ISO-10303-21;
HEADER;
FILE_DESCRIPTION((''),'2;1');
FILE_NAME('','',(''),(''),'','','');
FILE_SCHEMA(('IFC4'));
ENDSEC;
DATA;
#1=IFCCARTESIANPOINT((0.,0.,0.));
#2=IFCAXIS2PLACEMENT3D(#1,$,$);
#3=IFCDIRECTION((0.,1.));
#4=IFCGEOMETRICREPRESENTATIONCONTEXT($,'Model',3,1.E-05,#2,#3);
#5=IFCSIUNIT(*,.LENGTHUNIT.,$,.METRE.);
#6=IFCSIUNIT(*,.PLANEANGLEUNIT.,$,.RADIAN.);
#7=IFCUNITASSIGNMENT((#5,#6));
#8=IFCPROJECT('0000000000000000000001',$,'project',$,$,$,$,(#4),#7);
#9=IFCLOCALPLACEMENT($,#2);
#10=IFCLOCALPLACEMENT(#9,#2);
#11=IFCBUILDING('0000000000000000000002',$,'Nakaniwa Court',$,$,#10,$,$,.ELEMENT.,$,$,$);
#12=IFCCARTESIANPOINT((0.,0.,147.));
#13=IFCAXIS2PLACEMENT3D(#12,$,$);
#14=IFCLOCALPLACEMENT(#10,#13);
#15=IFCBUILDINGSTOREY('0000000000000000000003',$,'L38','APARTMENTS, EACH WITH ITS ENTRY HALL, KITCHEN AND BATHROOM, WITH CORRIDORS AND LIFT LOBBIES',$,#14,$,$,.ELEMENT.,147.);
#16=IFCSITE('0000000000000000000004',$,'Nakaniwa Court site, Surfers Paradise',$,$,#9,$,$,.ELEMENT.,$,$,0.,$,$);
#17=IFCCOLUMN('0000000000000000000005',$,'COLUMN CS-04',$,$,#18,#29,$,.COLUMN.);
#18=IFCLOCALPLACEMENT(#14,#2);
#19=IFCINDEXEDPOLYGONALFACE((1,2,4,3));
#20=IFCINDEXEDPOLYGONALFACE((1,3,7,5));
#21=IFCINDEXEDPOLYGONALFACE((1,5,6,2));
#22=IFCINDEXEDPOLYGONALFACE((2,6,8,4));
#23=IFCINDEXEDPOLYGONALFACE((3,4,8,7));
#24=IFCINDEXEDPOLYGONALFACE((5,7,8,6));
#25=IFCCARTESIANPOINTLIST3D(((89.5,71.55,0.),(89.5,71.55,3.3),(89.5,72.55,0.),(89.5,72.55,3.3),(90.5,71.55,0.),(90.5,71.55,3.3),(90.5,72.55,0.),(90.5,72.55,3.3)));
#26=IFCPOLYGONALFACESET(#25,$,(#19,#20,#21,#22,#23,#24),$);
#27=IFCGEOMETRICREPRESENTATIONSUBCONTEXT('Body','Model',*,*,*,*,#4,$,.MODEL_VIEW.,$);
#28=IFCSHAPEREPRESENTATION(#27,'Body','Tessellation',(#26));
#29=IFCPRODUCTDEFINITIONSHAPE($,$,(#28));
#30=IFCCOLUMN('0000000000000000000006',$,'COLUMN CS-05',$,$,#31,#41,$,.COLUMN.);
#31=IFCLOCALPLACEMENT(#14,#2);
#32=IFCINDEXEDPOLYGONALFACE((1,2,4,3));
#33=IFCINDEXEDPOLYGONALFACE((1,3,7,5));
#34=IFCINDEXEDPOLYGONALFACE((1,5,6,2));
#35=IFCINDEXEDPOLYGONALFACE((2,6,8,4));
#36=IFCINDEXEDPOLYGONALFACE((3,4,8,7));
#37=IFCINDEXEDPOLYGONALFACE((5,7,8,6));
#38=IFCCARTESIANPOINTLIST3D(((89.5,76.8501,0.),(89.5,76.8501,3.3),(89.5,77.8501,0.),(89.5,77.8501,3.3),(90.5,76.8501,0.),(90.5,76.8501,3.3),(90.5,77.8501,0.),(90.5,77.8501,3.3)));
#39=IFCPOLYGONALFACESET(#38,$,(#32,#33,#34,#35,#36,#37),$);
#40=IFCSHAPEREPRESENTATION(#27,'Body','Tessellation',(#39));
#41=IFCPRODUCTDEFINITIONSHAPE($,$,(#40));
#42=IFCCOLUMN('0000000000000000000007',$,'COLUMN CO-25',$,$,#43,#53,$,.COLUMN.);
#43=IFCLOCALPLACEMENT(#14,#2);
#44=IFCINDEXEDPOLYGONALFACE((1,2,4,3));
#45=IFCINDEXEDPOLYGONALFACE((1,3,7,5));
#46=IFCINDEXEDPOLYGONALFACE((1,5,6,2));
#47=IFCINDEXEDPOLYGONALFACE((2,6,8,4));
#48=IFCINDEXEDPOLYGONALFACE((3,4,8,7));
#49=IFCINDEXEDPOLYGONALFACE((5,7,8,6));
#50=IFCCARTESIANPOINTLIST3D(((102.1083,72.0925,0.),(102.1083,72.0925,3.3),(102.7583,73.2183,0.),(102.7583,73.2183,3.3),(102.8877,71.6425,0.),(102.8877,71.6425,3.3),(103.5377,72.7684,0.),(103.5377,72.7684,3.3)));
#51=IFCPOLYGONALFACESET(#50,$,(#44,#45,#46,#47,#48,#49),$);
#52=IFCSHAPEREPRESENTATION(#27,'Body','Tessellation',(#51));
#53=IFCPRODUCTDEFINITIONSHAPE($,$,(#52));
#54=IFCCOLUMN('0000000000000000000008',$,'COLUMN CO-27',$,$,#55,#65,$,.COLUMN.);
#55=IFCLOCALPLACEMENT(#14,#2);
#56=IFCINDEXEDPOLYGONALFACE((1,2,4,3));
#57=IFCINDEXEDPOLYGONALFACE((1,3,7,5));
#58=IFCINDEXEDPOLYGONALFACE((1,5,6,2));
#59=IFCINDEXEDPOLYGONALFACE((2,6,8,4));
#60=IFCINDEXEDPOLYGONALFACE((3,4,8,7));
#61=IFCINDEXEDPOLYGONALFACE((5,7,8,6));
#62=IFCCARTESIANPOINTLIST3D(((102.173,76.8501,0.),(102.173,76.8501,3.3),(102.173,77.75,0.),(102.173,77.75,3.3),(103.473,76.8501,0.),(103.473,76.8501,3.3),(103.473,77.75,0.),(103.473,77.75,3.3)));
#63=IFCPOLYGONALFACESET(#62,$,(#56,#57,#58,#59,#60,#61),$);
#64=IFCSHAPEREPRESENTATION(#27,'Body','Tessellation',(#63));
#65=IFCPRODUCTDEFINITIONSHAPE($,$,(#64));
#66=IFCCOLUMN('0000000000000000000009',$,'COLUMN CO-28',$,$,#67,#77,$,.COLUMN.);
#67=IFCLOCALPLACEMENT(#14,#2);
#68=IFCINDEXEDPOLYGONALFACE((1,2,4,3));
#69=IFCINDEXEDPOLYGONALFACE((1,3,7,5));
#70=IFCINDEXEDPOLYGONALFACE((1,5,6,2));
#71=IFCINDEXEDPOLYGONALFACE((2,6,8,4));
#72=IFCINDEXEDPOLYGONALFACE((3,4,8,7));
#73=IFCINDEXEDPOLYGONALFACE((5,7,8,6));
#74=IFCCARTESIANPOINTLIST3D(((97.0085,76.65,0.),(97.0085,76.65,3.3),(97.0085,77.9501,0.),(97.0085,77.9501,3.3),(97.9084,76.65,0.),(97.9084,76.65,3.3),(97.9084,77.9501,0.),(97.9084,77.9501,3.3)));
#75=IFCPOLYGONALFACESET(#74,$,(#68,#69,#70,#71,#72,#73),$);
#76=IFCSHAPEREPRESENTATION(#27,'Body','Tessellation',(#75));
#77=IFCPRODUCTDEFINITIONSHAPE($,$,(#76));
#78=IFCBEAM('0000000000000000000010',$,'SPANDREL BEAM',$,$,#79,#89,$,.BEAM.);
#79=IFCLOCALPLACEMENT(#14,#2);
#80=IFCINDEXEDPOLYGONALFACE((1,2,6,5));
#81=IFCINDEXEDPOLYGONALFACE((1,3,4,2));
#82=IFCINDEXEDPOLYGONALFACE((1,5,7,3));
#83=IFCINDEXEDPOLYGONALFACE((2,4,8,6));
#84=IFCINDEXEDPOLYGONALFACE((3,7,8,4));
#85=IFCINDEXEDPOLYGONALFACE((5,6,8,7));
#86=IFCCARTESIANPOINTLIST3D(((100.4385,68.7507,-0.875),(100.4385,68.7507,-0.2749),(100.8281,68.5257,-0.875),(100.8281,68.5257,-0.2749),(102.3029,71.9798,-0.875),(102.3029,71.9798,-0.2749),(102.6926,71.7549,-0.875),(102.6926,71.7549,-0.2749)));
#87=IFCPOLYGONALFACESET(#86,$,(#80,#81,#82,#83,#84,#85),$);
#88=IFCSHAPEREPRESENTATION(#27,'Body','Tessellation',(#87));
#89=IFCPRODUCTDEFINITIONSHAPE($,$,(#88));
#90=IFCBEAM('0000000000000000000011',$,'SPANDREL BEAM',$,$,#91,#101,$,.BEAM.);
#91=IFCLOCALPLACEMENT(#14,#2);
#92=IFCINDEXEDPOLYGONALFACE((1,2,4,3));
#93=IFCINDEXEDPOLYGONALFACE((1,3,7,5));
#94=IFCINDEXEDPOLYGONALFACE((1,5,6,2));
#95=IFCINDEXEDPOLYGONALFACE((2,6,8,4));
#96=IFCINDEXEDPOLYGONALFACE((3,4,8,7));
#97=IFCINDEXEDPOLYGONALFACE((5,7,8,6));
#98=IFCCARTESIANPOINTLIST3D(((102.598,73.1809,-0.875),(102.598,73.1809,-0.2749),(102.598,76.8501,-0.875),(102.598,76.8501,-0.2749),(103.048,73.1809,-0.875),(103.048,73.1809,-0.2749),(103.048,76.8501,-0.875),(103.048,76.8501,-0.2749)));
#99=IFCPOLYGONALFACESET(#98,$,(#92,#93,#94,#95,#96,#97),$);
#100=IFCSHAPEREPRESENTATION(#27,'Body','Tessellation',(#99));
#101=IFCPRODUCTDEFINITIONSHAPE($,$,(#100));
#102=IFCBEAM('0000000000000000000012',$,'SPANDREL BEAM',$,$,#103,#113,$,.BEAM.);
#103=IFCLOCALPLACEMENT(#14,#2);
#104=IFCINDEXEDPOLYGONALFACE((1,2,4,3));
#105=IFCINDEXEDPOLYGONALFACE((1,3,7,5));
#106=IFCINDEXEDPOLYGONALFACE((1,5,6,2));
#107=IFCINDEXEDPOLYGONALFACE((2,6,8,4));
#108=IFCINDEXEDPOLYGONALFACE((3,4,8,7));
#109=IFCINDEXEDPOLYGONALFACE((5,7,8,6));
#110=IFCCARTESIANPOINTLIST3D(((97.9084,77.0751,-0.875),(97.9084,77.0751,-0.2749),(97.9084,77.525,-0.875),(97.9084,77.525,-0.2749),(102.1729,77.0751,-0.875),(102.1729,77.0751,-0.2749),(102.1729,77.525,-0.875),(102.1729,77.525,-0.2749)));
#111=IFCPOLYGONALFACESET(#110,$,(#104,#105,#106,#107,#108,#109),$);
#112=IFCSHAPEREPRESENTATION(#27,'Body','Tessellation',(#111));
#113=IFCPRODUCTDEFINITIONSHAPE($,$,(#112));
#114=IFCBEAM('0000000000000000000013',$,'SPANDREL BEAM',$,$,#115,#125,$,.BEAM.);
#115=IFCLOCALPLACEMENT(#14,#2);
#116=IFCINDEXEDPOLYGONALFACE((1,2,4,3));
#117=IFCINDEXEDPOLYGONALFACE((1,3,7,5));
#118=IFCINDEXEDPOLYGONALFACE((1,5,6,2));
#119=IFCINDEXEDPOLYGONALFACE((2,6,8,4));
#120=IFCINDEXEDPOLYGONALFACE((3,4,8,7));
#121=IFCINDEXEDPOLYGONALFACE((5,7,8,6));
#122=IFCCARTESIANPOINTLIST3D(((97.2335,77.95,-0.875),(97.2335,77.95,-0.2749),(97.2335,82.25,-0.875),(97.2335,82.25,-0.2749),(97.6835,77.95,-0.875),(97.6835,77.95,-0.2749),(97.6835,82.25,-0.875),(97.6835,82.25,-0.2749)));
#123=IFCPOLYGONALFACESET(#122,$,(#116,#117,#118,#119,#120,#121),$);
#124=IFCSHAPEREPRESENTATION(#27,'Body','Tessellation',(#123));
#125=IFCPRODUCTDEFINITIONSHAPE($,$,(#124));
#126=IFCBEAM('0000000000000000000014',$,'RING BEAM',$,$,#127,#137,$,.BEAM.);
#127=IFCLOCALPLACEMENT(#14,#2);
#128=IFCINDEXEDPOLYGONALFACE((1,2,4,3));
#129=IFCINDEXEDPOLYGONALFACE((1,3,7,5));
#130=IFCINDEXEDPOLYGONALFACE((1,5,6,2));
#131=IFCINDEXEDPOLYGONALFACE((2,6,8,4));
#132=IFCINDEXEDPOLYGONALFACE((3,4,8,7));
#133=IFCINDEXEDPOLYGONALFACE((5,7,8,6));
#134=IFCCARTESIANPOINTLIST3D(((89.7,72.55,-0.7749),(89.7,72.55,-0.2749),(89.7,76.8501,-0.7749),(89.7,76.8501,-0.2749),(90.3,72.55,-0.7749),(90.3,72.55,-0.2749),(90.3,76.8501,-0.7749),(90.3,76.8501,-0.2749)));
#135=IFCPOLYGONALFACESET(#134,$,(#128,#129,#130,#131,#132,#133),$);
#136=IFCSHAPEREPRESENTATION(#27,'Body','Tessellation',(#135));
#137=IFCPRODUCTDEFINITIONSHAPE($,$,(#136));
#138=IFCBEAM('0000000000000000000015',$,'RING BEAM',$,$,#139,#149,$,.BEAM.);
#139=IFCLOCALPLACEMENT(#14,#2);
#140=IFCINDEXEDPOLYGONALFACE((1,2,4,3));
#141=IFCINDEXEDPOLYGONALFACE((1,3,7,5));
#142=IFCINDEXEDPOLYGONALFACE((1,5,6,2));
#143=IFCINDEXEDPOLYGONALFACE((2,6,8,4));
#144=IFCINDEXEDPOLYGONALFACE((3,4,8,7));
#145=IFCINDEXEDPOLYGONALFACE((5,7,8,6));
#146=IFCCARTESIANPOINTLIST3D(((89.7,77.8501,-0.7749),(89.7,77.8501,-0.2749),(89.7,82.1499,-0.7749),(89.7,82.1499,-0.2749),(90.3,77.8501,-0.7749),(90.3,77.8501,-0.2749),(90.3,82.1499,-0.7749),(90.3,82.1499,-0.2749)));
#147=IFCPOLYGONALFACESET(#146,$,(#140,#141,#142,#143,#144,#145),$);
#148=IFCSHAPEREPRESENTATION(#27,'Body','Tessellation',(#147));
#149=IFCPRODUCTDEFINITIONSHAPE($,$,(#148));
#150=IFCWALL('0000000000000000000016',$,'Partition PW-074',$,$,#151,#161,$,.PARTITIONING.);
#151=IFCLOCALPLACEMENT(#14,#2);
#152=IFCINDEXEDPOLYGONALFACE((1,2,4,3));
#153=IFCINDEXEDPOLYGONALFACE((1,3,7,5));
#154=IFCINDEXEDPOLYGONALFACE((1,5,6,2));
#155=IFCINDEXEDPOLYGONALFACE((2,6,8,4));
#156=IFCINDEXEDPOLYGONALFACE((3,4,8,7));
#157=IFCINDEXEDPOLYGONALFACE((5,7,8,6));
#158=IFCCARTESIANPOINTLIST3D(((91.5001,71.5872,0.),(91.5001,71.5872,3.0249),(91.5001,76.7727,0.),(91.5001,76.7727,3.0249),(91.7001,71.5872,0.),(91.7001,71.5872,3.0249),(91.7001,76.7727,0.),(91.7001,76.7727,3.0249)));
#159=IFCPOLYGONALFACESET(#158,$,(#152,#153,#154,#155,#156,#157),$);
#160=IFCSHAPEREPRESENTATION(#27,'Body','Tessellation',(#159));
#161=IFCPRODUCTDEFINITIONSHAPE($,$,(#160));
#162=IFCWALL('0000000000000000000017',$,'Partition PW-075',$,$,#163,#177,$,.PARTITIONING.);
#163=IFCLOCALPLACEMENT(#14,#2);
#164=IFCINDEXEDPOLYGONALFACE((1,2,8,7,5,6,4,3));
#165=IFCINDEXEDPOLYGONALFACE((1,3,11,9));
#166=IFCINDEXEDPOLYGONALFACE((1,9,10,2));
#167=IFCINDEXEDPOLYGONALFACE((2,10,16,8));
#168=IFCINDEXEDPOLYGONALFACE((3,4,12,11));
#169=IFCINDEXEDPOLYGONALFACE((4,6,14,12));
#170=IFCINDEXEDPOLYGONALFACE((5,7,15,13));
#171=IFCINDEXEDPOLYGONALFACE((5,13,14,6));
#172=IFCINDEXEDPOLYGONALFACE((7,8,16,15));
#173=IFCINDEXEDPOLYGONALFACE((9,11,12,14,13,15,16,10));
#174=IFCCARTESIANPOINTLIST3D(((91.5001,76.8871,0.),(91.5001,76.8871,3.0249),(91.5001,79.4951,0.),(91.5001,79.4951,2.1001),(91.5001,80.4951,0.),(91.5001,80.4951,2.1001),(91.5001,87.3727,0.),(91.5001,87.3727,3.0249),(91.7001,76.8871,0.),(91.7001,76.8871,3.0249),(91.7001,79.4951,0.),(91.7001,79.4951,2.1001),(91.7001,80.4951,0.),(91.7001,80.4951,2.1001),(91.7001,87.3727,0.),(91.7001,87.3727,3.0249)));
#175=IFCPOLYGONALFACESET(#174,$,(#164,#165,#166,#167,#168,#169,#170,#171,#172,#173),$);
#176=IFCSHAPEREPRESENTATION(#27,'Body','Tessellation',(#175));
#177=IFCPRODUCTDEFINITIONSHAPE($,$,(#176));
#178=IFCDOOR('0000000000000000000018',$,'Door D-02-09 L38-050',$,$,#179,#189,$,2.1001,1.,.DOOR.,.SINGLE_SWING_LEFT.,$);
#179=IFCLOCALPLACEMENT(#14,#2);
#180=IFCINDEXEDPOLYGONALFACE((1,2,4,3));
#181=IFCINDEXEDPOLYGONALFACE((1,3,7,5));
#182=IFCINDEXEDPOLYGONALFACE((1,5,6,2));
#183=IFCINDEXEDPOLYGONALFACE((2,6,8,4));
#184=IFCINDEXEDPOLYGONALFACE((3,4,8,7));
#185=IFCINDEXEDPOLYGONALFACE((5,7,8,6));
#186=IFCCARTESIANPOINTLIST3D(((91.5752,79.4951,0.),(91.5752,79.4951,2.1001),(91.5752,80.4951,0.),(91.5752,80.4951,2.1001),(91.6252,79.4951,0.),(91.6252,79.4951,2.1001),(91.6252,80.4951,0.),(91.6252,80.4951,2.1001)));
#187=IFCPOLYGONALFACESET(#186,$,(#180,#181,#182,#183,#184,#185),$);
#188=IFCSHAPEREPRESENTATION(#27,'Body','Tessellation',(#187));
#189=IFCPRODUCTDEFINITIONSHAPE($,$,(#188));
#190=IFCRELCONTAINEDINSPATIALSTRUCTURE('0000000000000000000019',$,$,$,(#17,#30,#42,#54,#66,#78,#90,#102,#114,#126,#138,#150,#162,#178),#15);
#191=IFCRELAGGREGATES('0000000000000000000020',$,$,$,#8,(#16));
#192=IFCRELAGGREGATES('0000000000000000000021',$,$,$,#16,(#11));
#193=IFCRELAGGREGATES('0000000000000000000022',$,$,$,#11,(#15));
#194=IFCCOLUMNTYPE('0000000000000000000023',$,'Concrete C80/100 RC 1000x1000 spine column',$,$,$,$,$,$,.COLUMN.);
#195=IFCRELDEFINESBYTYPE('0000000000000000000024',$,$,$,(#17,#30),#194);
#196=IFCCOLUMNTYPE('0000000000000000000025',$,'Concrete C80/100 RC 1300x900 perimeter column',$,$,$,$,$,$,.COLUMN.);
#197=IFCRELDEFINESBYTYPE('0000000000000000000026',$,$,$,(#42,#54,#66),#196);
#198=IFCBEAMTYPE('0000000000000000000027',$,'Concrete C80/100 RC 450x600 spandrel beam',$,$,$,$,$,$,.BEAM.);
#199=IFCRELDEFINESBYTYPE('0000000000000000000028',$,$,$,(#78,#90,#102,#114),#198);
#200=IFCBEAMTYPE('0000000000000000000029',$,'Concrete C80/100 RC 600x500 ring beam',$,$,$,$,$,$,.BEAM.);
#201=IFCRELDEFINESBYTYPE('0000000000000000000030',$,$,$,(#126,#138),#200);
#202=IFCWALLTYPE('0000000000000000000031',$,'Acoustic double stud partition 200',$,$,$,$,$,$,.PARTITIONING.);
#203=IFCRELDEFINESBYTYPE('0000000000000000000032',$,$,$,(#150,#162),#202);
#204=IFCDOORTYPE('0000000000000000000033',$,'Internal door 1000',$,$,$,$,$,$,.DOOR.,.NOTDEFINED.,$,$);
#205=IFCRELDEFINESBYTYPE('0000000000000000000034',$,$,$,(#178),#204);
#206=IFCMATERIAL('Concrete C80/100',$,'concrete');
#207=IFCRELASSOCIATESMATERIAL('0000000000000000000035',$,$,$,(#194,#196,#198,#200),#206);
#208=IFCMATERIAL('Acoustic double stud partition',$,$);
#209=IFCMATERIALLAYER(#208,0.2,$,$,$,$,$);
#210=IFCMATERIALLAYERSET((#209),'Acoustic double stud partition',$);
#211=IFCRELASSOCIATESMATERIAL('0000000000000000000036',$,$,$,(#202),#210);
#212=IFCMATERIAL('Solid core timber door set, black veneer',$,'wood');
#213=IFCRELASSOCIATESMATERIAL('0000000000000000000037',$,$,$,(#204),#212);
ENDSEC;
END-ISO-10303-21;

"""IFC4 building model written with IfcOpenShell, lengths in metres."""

from ifc_helpers import new_model, si_unit, direction, frame, frame_2d, origin, origin_2d, place, context, subcontext, project, spatial, rectangle, extrude, material, layer, layer_set, material_profile, profile_set, type_object, element, fill, save


model = new_model("IFC4")

# Units and contexts
model_context = context("Model", 3, precision=1e-05, world=origin(), true_north=direction((0.0, 1.0)))
body_context = subcontext(model_context, "Body", "Model", "MODEL_VIEW")
ifc_project = project(units=[si_unit("LENGTHUNIT", "METRE"), si_unit("PLANEANGLEUNIT", "RADIAN")], contexts=[model_context])

# Site, building, storey
site_placement = place(None, origin())
site = spatial("IfcSite", under=ifc_project, at=site_placement, Name="Nakaniwa Court site, Surfers Paradise", CompositionType="ELEMENT", RefElevation=0.0)
building_placement = place(site_placement, origin())
building = spatial("IfcBuilding", under=site, at=building_placement, Name="Nakaniwa Court", CompositionType="ELEMENT")
storey_placement = place(building_placement, frame((0.0, 0.0, 147.0)))
storey = spatial("IfcBuildingStorey", under=building, at=storey_placement, Name="L38", Description="APARTMENTS, EACH WITH ITS ENTRY HALL, KITCHEN AND BATHROOM, WITH CORRIDORS AND LIFT LOBBIES", CompositionType="ELEMENT", Elevation=147.0)

# Columns
ifc_material_1 = material(Name="Concrete C80/100", Category="concrete")
ifc_material_profile_1 = material_profile(ifc_material_1, rectangle(XDim=1.0, YDim=1.0, at=origin_2d()), Name="Concrete C80/100 RC 1000x1000 spine column")
ifc_profile_set_1 = profile_set([ifc_material_profile_1], Name="Concrete C80/100")
column_type_1 = type_object("IfcColumnType", Name="Concrete C80/100 RC 1000x1000 spine column", PredefinedType="COLUMN", material=ifc_profile_set_1)
for number, where, z_axis, x_axis, name in (
    (1, (90.0, 72.05, 0.0), (0.0, 0.0, 1.0), (0.0, 1.0, 0.0), "COLUMN CS-04"),
    (2, (90.0, 77.3501, 0.0), (0.0, 0.0, 1.0), (0.0, 1.0, 0.0), "COLUMN CS-05"),
):
    element("IfcColumn", number, at=place(storey_placement, frame(where, z_axis=z_axis, x_axis=x_axis)), inside=storey, type_object=column_type_1, Name=name, PredefinedType="COLUMN", context=body_context, shape_type="SweptSolid", body=[
        extrude(rectangle(XDim=1.0, YDim=1.0, at=origin_2d()), origin(), (0.0, 0.0, 1.0), 3.3),
    ])
ifc_material_profile_2 = material_profile(ifc_material_1, rectangle(XDim=1.3, YDim=0.8999, at=origin_2d()), Name="Concrete C80/100 RC 1300x900 perimeter column")
ifc_profile_set_2 = profile_set([ifc_material_profile_2], Name="Concrete C80/100")
column_type_2 = type_object("IfcColumnType", Name="Concrete C80/100 RC 1300x900 perimeter column", PredefinedType="COLUMN", material=ifc_profile_set_2)
for number, where, z_axis, x_axis, name in (
    (3, (102.823, 72.4304, 0.0), (0.0, 0.0, 1.0), (0.5, 0.866025, 0.0), "COLUMN CO-25"),
    (4, (102.823, 77.3, 0.0), (0.0, 0.0, 1.0), (-1.0, 0.0, 0.0), "COLUMN CO-27"),
    (5, (97.4585, 77.3, 0.0), (0.0, 0.0, 1.0), (0.0, 1.0, 0.0), "COLUMN CO-28"),
):
    element("IfcColumn", number, at=place(storey_placement, frame(where, z_axis=z_axis, x_axis=x_axis)), inside=storey, type_object=column_type_2, Name=name, PredefinedType="COLUMN", context=body_context, shape_type="SweptSolid", body=[
        extrude(rectangle(XDim=1.3, YDim=0.8999, at=origin_2d()), origin(), (0.0, 0.0, 1.0), 3.3),
    ])

# Beams
ifc_material_profile_3 = material_profile(ifc_material_1, rectangle(XDim=0.45, YDim=0.6001, at=origin_2d()), Name="Concrete C80/100 RC 450x600 spandrel beam")
ifc_profile_set_3 = profile_set([ifc_material_profile_3], Name="Concrete C80/100")
beam_type_1 = type_object("IfcBeamType", Name="Concrete C80/100 RC 450x600 spandrel beam", PredefinedType="BEAM", material=ifc_profile_set_3)
beam_1_placement = place(storey_placement, frame((100.6333, 68.6382, -0.575), z_axis=(0.500019, 0.866014, 0.0), x_axis=(-0.866014, 0.500019, 0.0)))
element("IfcBeam", 6, at=beam_1_placement, inside=storey, type_object=beam_type_1, Name="SPANDREL BEAM", PredefinedType="BEAM", context=body_context, shape_type="SweptSolid", body=[
    extrude(rectangle(XDim=0.45, YDim=0.6001, at=origin_2d()), origin(), (0.0, 0.0, 1.0), 3.7288),
])
beam_2_placement = place(storey_placement, frame((102.823, 73.1809, -0.575), z_axis=(0.0, 1.0, 0.0), x_axis=(-1.0, 0.0, 0.0)))
element("IfcBeam", 7, at=beam_2_placement, inside=storey, type_object=beam_type_1, Name="SPANDREL BEAM", PredefinedType="BEAM", context=body_context, shape_type="SweptSolid", body=[
    extrude(rectangle(XDim=0.45, YDim=0.6001, at=origin_2d()), origin(), (0.0, 0.0, 1.0), 3.6692),
])
beam_3_placement = place(storey_placement, frame((102.1729, 77.3, -0.575), z_axis=(-1.0, 0.0, 0.0), x_axis=(0.0, -1.0, 0.0)))
element("IfcBeam", 8, at=beam_3_placement, inside=storey, type_object=beam_type_1, Name="SPANDREL BEAM", PredefinedType="BEAM", context=body_context, shape_type="SweptSolid", body=[
    extrude(rectangle(XDim=0.45, YDim=0.6001, at=origin_2d()), origin(), (0.0, 0.0, 1.0), 4.2644),
])
beam_4_placement = place(storey_placement, frame((97.4585, 77.95, -0.575), z_axis=(0.0, 1.0, 0.0), x_axis=(-1.0, 0.0, 0.0)))
element("IfcBeam", 9, at=beam_4_placement, inside=storey, type_object=beam_type_1, Name="SPANDREL BEAM", PredefinedType="BEAM", context=body_context, shape_type="SweptSolid", body=[
    extrude(rectangle(XDim=0.45, YDim=0.6001, at=origin_2d()), origin(), (0.0, 0.0, 1.0), 4.3),
])
ifc_material_profile_4 = material_profile(ifc_material_1, rectangle(XDim=0.6001, YDim=0.5, at=origin_2d()), Name="Concrete C80/100 RC 600x500 ring beam")
ifc_profile_set_4 = profile_set([ifc_material_profile_4], Name="Concrete C80/100")
beam_type_2 = type_object("IfcBeamType", Name="Concrete C80/100 RC 600x500 ring beam", PredefinedType="BEAM", material=ifc_profile_set_4)
beam_5_placement = place(storey_placement, frame((90.0, 72.55, -0.5249), z_axis=(0.0, 1.0, 0.0), x_axis=(-1.0, 0.0, 0.0)))
element("IfcBeam", 10, at=beam_5_placement, inside=storey, type_object=beam_type_2, Name="RING BEAM", PredefinedType="BEAM", context=body_context, shape_type="SweptSolid", body=[
    extrude(rectangle(XDim=0.6001, YDim=0.5, at=origin_2d()), origin(), (0.0, 0.0, 1.0), 4.3),
])
beam_6_placement = place(storey_placement, frame((90.0, 77.8501, -0.5249), z_axis=(0.0, 1.0, 0.0), x_axis=(-1.0, 0.0, 0.0)))
element("IfcBeam", 11, at=beam_6_placement, inside=storey, type_object=beam_type_2, Name="RING BEAM", PredefinedType="BEAM", context=body_context, shape_type="SweptSolid", body=[
    extrude(rectangle(XDim=0.6001, YDim=0.5, at=origin_2d()), origin(), (0.0, 0.0, 1.0), 4.2998),
])

# Wall
ifc_material_2 = material(Name="Acoustic double stud partition")
ifc_layer_1 = layer(ifc_material_2, 0.2)
ifc_layer_set_1 = layer_set([ifc_layer_1], Name="Acoustic double stud partition")
wall_type_1 = type_object("IfcWallType", Name="Acoustic double stud partition 200", PredefinedType="PARTITIONING", material=ifc_layer_set_1)
wall_1_placement = place(storey_placement, frame((91.6001, 71.5872, 0.0), z_axis=(0.0, 0.0, 1.0), x_axis=(0.0, 1.0, 0.0)))
element("IfcWall", 12, at=wall_1_placement, inside=storey, type_object=wall_type_1, Name="Partition PW-074", PredefinedType="PARTITIONING", context=body_context, shape_type="SweptSolid", body=[
    extrude(rectangle(XDim=5.1855, YDim=0.2, at=frame_2d((2.5928, 0.0))), origin(), (0.0, 0.0, 1.0), 3.0249),
])

# Wall, opening, door
wall_2_placement = place(storey_placement, frame((91.6001, 76.8872, 0.0), z_axis=(0.0, 0.0, 1.0), x_axis=(0.0, 1.0, 0.0)))
wall_2 = element("IfcWall", 13, at=wall_2_placement, inside=storey, type_object=wall_type_1, Name="Partition PW-075", PredefinedType="PARTITIONING", context=body_context, shape_type="SweptSolid", body=[
    extrude(rectangle(XDim=10.4856, YDim=0.2, at=frame_2d((5.2427, 0.0))), origin(), (0.0, 0.0, 1.0), 3.0249),
])
opening_1_placement = place(wall_2_placement, frame((2.6079, 0.0, 0.0)))
opening_1 = element("IfcOpeningElement", 14, at=opening_1_placement, cuts=wall_2, PredefinedType="OPENING", context=body_context, shape_type="SweptSolid", body=[
    extrude(rectangle(XDim=1.0, YDim=2.1001, at=frame_2d((0.5, 1.05))), frame((0.0, 0.1099, 0.0), z_axis=(0.0, -1.0, 0.0), x_axis=(1.0, 0.0, 0.0)), (0.0, 0.0, 1.0), 0.22),
])
ifc_material_3 = material(Name="Solid core timber door set, black veneer", Category="wood")
door_type_1 = type_object("IfcDoorType", Name="Internal door 1000", OperationType="NOTDEFINED", PredefinedType="DOOR", material=ifc_material_3)
door_1_placement = place(opening_1_placement, origin())
door_1 = element("IfcDoor", 15, at=door_1_placement, inside=storey, type_object=door_type_1, Name="Door D-02-09 L38-050", OperationType="SINGLE_SWING_LEFT", OverallHeight=2.1001, OverallWidth=1.0, PredefinedType="DOOR", context=body_context, shape_type="SweptSolid", body=[
    extrude(rectangle(XDim=1.0, YDim=2.1001, at=frame_2d((0.5, 1.05))), frame((0.0, 0.0249, 0.0), z_axis=(0.0, -1.0, 0.0), x_axis=(1.0, 0.0, 0.0)), (0.0, 0.0, 1.0), 0.05),
])
fill(opening_1, door_1)

save(model, "model.ifc")
